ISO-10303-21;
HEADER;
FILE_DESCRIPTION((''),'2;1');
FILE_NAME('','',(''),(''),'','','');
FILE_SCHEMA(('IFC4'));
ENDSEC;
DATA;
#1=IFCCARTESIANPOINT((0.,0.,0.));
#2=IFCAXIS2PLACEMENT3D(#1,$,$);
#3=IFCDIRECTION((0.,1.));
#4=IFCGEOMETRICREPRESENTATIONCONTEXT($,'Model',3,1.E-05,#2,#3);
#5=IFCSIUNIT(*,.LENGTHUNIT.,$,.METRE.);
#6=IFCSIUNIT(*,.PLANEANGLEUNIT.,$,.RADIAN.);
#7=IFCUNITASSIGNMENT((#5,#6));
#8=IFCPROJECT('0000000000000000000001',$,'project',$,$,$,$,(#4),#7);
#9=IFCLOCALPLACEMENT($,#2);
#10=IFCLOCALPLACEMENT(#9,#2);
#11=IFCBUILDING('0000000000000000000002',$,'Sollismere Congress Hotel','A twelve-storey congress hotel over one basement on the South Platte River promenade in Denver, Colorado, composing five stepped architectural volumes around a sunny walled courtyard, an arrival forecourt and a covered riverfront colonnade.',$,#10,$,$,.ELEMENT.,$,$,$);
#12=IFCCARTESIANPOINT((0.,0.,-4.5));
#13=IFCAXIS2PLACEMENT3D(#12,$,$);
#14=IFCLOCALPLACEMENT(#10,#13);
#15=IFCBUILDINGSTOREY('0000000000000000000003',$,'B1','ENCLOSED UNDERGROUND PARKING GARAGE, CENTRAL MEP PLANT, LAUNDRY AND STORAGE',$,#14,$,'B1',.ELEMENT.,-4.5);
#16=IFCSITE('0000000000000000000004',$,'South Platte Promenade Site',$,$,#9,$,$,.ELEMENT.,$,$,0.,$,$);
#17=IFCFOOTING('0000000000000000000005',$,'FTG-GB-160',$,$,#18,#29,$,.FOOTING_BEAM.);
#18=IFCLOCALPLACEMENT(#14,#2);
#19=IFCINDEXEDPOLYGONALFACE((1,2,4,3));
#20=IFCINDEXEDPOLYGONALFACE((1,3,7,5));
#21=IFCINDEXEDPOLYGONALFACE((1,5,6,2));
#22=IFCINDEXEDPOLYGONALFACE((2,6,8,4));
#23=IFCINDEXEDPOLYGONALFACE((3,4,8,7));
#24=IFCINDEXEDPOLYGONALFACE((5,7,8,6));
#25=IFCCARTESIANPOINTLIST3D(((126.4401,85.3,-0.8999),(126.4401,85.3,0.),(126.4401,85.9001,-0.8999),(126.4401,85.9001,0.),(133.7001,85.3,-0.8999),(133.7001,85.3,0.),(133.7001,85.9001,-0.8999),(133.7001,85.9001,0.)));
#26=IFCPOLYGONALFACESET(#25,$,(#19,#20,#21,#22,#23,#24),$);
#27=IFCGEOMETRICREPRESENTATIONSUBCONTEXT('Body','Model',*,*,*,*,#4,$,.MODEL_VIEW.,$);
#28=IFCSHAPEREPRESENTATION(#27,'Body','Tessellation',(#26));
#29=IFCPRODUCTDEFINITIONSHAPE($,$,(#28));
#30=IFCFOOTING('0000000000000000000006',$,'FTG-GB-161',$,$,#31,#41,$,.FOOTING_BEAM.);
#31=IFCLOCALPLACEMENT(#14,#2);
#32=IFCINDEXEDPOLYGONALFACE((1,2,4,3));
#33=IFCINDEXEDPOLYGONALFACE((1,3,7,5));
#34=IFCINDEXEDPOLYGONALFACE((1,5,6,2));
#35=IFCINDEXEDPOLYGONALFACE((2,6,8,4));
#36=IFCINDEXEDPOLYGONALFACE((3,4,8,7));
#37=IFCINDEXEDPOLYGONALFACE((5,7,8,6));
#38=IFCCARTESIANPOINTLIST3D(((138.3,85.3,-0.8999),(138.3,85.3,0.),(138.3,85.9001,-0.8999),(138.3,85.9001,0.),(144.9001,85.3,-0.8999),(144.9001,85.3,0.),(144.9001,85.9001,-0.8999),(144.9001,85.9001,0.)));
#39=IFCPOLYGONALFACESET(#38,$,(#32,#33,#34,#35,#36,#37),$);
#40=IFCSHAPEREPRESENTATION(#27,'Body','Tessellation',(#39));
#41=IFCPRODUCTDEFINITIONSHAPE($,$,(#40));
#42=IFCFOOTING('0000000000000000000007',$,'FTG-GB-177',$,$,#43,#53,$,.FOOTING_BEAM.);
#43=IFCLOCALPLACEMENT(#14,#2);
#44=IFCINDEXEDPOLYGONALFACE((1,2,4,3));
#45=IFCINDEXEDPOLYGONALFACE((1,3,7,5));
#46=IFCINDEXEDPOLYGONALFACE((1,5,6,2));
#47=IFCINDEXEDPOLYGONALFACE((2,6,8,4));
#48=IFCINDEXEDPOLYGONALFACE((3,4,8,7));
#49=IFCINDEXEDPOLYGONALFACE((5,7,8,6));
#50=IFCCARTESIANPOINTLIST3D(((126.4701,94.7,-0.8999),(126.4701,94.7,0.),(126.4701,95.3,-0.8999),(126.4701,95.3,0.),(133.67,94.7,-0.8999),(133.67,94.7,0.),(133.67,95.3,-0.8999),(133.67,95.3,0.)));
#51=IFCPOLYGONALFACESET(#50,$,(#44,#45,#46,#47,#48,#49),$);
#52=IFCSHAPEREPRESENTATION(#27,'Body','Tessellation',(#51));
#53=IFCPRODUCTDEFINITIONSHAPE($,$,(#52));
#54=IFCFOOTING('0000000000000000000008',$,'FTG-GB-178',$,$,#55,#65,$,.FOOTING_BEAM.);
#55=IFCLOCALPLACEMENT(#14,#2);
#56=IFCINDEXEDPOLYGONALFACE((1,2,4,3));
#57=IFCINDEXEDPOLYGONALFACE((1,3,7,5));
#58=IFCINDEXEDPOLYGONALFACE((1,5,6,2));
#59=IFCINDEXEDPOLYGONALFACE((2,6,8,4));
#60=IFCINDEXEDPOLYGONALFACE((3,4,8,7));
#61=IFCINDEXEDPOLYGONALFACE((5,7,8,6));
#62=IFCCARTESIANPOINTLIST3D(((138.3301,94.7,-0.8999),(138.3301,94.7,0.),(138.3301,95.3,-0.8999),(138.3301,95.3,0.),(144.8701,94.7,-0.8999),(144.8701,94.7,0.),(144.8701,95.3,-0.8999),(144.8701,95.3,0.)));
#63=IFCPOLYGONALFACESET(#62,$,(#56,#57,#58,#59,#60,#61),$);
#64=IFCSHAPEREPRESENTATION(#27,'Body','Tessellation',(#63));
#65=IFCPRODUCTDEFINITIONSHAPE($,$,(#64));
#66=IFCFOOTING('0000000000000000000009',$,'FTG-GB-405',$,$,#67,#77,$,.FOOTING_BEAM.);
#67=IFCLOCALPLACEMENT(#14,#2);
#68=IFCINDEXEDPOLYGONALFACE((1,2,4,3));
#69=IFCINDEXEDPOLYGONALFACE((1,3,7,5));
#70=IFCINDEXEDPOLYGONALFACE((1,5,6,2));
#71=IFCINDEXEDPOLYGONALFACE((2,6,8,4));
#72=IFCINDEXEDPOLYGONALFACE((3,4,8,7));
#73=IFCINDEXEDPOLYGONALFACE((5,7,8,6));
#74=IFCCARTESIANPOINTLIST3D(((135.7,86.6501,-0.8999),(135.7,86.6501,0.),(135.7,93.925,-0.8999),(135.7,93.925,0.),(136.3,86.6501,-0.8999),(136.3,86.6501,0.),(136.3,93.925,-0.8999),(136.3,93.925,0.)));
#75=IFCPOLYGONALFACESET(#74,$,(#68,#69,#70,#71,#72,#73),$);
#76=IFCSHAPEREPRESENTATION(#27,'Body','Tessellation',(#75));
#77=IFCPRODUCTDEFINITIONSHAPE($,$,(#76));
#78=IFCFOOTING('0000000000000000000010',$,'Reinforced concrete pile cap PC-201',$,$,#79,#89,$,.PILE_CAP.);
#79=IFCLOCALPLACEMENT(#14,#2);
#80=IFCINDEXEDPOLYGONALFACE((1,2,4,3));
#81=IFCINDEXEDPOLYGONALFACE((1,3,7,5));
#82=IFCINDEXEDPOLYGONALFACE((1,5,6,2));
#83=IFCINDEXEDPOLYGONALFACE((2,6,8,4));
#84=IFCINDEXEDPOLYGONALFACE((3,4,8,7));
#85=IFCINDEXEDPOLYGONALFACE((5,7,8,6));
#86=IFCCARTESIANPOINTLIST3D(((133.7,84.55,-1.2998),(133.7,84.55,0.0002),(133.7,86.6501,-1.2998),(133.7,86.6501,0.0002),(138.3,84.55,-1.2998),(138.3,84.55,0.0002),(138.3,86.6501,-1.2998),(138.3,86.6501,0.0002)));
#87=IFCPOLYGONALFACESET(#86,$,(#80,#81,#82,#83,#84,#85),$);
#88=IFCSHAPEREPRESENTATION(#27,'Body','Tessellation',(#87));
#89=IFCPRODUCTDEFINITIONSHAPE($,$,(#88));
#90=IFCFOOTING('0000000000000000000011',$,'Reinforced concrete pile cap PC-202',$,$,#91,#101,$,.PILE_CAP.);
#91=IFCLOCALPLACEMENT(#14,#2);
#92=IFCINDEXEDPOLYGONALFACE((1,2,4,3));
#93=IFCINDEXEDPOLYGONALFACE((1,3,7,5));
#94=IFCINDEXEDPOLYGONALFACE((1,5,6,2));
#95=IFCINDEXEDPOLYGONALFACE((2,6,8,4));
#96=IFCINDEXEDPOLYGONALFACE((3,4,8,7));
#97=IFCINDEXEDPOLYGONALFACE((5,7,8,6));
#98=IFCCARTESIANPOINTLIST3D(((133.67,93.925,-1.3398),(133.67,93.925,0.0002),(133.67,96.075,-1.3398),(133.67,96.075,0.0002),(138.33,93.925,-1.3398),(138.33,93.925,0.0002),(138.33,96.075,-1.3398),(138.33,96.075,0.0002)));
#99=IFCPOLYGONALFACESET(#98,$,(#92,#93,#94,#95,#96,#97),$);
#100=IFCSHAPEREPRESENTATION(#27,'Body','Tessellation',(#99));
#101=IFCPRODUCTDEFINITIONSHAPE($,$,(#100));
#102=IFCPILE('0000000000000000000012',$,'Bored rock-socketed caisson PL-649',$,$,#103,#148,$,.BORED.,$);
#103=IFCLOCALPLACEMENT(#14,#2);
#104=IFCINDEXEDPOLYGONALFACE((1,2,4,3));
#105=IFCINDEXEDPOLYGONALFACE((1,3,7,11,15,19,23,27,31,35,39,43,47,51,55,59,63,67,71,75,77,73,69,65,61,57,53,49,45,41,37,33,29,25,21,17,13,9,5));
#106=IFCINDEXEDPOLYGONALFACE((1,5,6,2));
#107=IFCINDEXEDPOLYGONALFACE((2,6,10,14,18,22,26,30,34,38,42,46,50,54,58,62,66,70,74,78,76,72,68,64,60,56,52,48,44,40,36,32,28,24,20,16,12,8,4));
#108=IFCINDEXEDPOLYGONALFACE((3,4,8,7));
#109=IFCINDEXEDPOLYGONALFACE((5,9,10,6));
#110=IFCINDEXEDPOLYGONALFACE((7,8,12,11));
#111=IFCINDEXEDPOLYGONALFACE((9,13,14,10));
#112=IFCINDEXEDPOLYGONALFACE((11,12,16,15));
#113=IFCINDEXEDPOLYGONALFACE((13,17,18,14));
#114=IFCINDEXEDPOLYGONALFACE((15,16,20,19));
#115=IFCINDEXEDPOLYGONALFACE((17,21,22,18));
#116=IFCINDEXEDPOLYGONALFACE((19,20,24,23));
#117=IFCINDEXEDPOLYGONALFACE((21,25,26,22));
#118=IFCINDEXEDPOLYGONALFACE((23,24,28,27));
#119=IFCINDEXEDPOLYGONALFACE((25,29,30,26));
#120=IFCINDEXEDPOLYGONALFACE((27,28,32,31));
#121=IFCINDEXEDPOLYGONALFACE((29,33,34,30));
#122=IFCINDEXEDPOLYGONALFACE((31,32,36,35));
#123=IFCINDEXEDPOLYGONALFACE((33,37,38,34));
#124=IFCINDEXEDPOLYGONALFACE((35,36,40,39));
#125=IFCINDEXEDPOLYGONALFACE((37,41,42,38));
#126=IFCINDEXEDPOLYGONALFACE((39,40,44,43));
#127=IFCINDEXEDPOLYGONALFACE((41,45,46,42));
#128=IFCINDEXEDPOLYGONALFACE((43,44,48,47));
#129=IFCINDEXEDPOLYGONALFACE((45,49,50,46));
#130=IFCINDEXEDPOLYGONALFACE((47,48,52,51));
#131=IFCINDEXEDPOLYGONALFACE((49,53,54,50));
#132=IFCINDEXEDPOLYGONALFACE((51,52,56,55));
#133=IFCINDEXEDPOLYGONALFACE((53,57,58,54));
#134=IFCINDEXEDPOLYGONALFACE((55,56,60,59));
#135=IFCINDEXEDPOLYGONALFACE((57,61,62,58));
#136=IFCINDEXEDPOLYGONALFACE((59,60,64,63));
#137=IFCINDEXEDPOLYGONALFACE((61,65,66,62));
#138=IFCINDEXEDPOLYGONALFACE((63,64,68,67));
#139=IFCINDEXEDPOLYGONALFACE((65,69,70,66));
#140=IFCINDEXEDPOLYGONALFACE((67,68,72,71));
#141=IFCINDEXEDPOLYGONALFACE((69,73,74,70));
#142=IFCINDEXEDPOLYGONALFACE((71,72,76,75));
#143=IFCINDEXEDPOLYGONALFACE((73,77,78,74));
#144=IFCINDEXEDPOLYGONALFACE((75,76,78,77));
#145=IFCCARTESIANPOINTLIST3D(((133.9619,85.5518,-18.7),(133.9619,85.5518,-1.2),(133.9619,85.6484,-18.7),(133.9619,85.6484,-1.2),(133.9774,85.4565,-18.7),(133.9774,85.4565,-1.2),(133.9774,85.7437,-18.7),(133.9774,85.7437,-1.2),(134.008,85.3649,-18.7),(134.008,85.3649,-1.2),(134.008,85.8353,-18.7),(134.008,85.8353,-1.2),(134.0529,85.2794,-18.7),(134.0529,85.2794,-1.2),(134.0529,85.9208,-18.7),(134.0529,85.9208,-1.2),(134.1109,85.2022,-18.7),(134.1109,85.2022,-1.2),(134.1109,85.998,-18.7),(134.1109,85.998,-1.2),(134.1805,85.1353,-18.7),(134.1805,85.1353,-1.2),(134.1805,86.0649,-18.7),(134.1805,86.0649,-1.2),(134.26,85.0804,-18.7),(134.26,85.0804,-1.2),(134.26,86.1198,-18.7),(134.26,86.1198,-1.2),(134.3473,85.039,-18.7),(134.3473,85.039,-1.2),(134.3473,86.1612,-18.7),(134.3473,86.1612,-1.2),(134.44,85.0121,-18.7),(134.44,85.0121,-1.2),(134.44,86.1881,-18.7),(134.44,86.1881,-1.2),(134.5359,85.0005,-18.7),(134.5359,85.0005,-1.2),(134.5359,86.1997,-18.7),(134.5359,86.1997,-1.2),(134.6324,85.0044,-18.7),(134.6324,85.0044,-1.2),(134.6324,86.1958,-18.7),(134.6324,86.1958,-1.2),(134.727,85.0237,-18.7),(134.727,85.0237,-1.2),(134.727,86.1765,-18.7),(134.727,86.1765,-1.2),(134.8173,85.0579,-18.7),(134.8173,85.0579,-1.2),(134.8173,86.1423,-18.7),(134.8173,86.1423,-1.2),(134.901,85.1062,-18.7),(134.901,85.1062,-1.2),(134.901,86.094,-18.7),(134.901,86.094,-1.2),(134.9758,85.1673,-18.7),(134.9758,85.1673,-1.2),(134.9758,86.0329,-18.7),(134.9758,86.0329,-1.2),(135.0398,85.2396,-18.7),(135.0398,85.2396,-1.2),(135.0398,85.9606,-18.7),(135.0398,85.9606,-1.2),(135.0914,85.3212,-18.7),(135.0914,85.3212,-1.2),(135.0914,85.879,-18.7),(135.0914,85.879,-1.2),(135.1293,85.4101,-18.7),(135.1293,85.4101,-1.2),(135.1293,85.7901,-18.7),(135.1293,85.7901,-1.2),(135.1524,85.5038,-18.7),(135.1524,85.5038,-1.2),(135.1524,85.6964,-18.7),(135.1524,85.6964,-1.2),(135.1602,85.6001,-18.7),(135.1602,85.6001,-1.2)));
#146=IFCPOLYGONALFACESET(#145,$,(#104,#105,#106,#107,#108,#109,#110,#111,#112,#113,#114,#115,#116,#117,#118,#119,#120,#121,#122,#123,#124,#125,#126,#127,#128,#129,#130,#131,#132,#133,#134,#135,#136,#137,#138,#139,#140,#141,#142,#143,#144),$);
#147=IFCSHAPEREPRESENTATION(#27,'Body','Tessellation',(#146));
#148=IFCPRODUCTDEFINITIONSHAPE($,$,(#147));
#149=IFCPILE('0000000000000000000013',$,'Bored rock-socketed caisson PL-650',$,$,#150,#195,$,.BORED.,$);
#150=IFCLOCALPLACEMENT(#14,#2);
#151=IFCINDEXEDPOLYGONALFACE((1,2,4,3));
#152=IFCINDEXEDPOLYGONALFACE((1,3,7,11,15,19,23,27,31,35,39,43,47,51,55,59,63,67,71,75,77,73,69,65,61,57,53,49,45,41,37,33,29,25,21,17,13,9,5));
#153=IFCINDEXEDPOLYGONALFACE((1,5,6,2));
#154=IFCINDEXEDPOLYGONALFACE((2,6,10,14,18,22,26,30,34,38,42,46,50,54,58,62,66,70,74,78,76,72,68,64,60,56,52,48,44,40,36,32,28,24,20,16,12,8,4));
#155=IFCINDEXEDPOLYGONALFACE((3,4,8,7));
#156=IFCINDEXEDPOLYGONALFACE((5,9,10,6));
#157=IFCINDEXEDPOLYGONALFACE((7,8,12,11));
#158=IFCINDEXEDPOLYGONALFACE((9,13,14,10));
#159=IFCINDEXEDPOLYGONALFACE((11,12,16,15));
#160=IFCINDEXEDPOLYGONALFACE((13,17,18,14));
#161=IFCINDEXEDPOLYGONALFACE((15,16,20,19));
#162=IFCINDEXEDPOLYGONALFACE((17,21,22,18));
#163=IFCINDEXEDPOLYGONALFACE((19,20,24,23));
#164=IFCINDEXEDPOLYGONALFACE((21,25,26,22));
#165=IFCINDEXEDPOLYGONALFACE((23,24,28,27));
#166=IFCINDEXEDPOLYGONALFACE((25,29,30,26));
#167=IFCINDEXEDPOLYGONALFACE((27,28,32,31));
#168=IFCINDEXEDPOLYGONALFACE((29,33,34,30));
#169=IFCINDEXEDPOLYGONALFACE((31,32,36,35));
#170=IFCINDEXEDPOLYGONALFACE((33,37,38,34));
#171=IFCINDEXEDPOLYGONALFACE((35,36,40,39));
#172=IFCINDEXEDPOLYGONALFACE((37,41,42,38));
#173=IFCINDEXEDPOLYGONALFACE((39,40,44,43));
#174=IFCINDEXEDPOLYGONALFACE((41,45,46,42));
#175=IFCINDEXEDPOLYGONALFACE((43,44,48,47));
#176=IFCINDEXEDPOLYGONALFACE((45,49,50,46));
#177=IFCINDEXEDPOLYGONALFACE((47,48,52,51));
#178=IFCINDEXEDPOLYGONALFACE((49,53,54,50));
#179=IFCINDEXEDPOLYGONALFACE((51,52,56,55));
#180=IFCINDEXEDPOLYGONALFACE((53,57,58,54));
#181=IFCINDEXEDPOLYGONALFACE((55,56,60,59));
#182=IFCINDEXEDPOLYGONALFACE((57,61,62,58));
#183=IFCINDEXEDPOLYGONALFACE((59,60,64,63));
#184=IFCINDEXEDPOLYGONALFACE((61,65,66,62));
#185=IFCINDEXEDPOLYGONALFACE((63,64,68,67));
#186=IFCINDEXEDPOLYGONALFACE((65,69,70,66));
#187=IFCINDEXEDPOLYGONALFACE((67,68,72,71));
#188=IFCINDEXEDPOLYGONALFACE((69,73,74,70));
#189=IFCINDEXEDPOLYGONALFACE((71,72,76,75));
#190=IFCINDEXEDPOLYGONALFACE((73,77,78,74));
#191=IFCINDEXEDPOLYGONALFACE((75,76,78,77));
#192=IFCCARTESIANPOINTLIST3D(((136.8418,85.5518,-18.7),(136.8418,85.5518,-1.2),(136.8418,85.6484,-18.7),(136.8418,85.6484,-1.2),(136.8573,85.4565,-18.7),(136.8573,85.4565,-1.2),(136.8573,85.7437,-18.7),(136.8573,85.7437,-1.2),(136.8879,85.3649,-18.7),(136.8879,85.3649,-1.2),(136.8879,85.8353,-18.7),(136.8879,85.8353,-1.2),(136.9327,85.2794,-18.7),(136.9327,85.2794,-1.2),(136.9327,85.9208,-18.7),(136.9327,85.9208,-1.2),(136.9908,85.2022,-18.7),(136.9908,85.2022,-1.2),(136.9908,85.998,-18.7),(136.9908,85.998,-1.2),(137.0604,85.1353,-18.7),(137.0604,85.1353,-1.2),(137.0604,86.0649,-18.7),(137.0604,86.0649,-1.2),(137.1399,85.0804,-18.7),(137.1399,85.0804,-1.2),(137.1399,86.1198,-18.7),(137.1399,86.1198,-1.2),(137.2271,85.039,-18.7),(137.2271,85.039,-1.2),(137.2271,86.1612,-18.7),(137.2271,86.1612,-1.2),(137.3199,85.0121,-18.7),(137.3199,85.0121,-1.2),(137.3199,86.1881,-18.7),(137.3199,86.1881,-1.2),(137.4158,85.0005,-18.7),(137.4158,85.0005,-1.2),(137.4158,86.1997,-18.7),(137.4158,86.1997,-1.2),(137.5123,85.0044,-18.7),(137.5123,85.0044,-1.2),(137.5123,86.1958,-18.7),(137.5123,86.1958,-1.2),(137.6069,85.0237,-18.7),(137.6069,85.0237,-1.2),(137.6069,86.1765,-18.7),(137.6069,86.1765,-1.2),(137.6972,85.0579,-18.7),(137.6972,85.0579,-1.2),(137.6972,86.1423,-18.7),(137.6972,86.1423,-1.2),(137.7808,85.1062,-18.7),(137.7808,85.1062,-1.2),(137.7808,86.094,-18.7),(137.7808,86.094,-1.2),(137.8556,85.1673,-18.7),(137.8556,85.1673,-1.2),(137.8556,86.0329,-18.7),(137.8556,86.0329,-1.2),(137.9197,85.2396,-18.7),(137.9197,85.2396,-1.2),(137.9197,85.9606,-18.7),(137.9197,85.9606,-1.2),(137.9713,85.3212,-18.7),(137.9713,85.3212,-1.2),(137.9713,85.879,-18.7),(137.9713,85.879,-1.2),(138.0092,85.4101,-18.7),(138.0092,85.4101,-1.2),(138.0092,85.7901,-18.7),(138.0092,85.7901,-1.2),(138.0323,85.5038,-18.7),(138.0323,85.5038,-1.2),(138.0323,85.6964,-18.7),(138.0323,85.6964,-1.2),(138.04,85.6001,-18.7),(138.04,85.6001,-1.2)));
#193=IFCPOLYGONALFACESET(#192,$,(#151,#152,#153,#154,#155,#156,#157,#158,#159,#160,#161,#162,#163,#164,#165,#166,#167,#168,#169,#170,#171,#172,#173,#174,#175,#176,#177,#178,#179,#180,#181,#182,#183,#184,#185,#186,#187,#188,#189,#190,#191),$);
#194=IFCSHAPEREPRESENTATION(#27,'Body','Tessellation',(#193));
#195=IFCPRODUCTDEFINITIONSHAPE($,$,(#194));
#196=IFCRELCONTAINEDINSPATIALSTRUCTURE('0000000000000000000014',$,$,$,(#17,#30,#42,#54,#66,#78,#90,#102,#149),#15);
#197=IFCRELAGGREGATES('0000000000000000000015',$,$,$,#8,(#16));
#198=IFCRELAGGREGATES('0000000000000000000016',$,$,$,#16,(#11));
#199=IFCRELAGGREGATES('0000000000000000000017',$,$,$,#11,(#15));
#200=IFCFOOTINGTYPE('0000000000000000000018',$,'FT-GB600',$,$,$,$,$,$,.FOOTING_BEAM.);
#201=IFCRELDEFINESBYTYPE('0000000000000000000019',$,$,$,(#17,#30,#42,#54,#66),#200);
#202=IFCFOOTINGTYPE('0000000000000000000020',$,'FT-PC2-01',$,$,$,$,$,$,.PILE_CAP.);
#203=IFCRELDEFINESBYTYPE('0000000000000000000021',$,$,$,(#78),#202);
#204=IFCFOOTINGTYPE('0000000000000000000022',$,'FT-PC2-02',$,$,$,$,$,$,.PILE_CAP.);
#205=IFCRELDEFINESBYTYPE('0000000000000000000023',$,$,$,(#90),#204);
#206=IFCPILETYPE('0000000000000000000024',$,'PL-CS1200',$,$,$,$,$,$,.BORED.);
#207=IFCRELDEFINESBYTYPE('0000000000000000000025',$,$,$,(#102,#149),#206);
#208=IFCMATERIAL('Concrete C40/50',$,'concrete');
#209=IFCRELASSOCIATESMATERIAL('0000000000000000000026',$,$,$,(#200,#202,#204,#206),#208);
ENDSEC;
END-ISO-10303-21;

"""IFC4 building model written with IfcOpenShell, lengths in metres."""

from ifc_helpers import new_model, si_unit, direction, frame, origin, origin_2d, place, context, subcontext, project, spatial, rectangle, circle, extrude, material, material_profile, profile_set, type_object, element, save


model = new_model("IFC4")

# Units and contexts
model_context = context("Model", 3, precision=1e-05, world=origin(), true_north=direction((0.0, 1.0)))
body_context = subcontext(model_context, "Body", "Model", "MODEL_VIEW")
ifc_project = project(units=[si_unit("LENGTHUNIT", "METRE"), si_unit("PLANEANGLEUNIT", "RADIAN")], contexts=[model_context])

# Site, building, storey
site_placement = place(None, origin())
site = spatial("IfcSite", under=ifc_project, at=site_placement, Name="South Platte Promenade Site", CompositionType="ELEMENT", RefElevation=0.0)
building_placement = place(site_placement, origin())
building = spatial("IfcBuilding", under=site, at=building_placement, Name="Sollismere Congress Hotel", Description="A twelve-storey congress hotel over one basement on the South Platte River promenade in Denver, Colorado, composing five stepped architectural volumes around a sunny walled courtyard, an arrival forecourt and a covered riverfront colonnade.", CompositionType="ELEMENT")
storey_placement = place(building_placement, frame((0.0, 0.0, -4.5)))
storey = spatial("IfcBuildingStorey", under=building, at=storey_placement, Name="B1", Description="ENCLOSED UNDERGROUND PARKING GARAGE, CENTRAL MEP PLANT, LAUNDRY AND STORAGE", LongName="B1", CompositionType="ELEMENT", Elevation=-4.5)

# Footings
ifc_material_1 = material(Name="Concrete C40/50", Category="concrete")
footing_type_1 = type_object("IfcFootingType", Name="FT-GB600", PredefinedType="FOOTING_BEAM", material=ifc_material_1)
footing_1_placement = place(storey_placement, frame((130.0701, 85.6001, -0.8999), z_axis=(0.0, 0.0, 1.0), x_axis=(1.0, 0.0, 0.0)))
element("IfcFooting", 1, at=footing_1_placement, inside=storey, type_object=footing_type_1, Name="FTG-GB-160", PredefinedType="FOOTING_BEAM", context=body_context, shape_type="SweptSolid", body=[
    extrude(rectangle(XDim=7.26, YDim=0.6001, at=origin_2d()), origin(), (0.0, 0.0, 1.0), 0.8999),
])
footing_2_placement = place(storey_placement, frame((141.6001, 85.6001, -0.8999), z_axis=(0.0, 0.0, 1.0), x_axis=(1.0, 0.0, 0.0)))
element("IfcFooting", 2, at=footing_2_placement, inside=storey, type_object=footing_type_1, Name="FTG-GB-161", PredefinedType="FOOTING_BEAM", context=body_context, shape_type="SweptSolid", body=[
    extrude(rectangle(XDim=6.6001, YDim=0.6001, at=origin_2d()), origin(), (0.0, 0.0, 1.0), 0.8999),
])
footing_3_placement = place(storey_placement, frame((130.0701, 95.0, -0.8999), z_axis=(0.0, 0.0, 1.0), x_axis=(1.0, 0.0, 0.0)))
element("IfcFooting", 3, at=footing_3_placement, inside=storey, type_object=footing_type_1, Name="FTG-GB-177", PredefinedType="FOOTING_BEAM", context=body_context, shape_type="SweptSolid", body=[
    extrude(rectangle(XDim=7.2, YDim=0.6001, at=origin_2d()), origin(), (0.0, 0.0, 1.0), 0.8999),
])
footing_4_placement = place(storey_placement, frame((141.6001, 95.0, -0.8999), z_axis=(0.0, 0.0, 1.0), x_axis=(1.0, 0.0, 0.0)))
element("IfcFooting", 4, at=footing_4_placement, inside=storey, type_object=footing_type_1, Name="FTG-GB-178", PredefinedType="FOOTING_BEAM", context=body_context, shape_type="SweptSolid", body=[
    extrude(rectangle(XDim=6.54, YDim=0.6001, at=origin_2d()), origin(), (0.0, 0.0, 1.0), 0.8999),
])
footing_5_placement = place(storey_placement, frame((136.0, 90.2876, -0.8999), z_axis=(0.0, 0.0, 1.0), x_axis=(0.0, 1.0, 0.0)))
element("IfcFooting", 5, at=footing_5_placement, inside=storey, type_object=footing_type_1, Name="FTG-GB-405", PredefinedType="FOOTING_BEAM", context=body_context, shape_type="SweptSolid", body=[
    extrude(rectangle(XDim=7.2749, YDim=0.6001, at=origin_2d()), origin(), (0.0, 0.0, 1.0), 0.8999),
])
footing_type_2 = type_object("IfcFootingType", Name="FT-PC2-01", PredefinedType="PILE_CAP", material=ifc_material_1)
footing_6_placement = place(storey_placement, frame((136.0, 85.6001, -1.2998), z_axis=(0.0, 0.0, 1.0), x_axis=(1.0, 0.0, 0.0)))
element("IfcFooting", 6, at=footing_6_placement, inside=storey, type_object=footing_type_2, Name="Reinforced concrete pile cap PC-201", PredefinedType="PILE_CAP", context=body_context, shape_type="SweptSolid", body=[
    extrude(rectangle(XDim=4.6001, YDim=2.1001, at=origin_2d()), origin(), (0.0, 0.0, 1.0), 1.3),
])
footing_type_3 = type_object("IfcFootingType", Name="FT-PC2-02", PredefinedType="PILE_CAP", material=ifc_material_1)
footing_7_placement = place(storey_placement, frame((136.0, 95.0, -1.3398), z_axis=(0.0, 0.0, 1.0), x_axis=(1.0, 0.0, 0.0)))
element("IfcFooting", 7, at=footing_7_placement, inside=storey, type_object=footing_type_3, Name="Reinforced concrete pile cap PC-202", PredefinedType="PILE_CAP", context=body_context, shape_type="SweptSolid", body=[
    extrude(rectangle(XDim=4.6599, YDim=2.1499, at=origin_2d()), origin(), (0.0, 0.0, 1.0), 1.3401),
])

# Piles
ifc_material_profile_1 = material_profile(ifc_material_1, circle(Radius=0.6001, at=origin_2d()), Name="CAISSON1200")
ifc_profile_set_1 = profile_set([ifc_material_profile_1], Name="Concrete C40/50")
pile_type = type_object("IfcPileType", Name="PL-CS1200", PredefinedType="BORED", material=ifc_profile_set_1)
for number, where, z_axis, x_axis, name in (
    (8, (134.5601, 85.6001, -1.2), (0.0, 0.0, -1.0), (1.0, 0.0, 0.0), "Bored rock-socketed caisson PL-649"),
    (9, (137.4399, 85.6001, -1.2), (0.0, 0.0, -1.0), (1.0, 0.0, 0.0), "Bored rock-socketed caisson PL-650"),
):
    element("IfcPile", number, at=place(storey_placement, frame(where, z_axis=z_axis, x_axis=x_axis)), inside=storey, type_object=pile_type, Name=name, PredefinedType="BORED", context=body_context, shape_type="SweptSolid", body=[
        extrude(circle(Radius=0.6001, at=origin_2d()), origin(), (0.0, 0.0, 1.0), 17.5),
    ])

save(model, "model.ifc")
